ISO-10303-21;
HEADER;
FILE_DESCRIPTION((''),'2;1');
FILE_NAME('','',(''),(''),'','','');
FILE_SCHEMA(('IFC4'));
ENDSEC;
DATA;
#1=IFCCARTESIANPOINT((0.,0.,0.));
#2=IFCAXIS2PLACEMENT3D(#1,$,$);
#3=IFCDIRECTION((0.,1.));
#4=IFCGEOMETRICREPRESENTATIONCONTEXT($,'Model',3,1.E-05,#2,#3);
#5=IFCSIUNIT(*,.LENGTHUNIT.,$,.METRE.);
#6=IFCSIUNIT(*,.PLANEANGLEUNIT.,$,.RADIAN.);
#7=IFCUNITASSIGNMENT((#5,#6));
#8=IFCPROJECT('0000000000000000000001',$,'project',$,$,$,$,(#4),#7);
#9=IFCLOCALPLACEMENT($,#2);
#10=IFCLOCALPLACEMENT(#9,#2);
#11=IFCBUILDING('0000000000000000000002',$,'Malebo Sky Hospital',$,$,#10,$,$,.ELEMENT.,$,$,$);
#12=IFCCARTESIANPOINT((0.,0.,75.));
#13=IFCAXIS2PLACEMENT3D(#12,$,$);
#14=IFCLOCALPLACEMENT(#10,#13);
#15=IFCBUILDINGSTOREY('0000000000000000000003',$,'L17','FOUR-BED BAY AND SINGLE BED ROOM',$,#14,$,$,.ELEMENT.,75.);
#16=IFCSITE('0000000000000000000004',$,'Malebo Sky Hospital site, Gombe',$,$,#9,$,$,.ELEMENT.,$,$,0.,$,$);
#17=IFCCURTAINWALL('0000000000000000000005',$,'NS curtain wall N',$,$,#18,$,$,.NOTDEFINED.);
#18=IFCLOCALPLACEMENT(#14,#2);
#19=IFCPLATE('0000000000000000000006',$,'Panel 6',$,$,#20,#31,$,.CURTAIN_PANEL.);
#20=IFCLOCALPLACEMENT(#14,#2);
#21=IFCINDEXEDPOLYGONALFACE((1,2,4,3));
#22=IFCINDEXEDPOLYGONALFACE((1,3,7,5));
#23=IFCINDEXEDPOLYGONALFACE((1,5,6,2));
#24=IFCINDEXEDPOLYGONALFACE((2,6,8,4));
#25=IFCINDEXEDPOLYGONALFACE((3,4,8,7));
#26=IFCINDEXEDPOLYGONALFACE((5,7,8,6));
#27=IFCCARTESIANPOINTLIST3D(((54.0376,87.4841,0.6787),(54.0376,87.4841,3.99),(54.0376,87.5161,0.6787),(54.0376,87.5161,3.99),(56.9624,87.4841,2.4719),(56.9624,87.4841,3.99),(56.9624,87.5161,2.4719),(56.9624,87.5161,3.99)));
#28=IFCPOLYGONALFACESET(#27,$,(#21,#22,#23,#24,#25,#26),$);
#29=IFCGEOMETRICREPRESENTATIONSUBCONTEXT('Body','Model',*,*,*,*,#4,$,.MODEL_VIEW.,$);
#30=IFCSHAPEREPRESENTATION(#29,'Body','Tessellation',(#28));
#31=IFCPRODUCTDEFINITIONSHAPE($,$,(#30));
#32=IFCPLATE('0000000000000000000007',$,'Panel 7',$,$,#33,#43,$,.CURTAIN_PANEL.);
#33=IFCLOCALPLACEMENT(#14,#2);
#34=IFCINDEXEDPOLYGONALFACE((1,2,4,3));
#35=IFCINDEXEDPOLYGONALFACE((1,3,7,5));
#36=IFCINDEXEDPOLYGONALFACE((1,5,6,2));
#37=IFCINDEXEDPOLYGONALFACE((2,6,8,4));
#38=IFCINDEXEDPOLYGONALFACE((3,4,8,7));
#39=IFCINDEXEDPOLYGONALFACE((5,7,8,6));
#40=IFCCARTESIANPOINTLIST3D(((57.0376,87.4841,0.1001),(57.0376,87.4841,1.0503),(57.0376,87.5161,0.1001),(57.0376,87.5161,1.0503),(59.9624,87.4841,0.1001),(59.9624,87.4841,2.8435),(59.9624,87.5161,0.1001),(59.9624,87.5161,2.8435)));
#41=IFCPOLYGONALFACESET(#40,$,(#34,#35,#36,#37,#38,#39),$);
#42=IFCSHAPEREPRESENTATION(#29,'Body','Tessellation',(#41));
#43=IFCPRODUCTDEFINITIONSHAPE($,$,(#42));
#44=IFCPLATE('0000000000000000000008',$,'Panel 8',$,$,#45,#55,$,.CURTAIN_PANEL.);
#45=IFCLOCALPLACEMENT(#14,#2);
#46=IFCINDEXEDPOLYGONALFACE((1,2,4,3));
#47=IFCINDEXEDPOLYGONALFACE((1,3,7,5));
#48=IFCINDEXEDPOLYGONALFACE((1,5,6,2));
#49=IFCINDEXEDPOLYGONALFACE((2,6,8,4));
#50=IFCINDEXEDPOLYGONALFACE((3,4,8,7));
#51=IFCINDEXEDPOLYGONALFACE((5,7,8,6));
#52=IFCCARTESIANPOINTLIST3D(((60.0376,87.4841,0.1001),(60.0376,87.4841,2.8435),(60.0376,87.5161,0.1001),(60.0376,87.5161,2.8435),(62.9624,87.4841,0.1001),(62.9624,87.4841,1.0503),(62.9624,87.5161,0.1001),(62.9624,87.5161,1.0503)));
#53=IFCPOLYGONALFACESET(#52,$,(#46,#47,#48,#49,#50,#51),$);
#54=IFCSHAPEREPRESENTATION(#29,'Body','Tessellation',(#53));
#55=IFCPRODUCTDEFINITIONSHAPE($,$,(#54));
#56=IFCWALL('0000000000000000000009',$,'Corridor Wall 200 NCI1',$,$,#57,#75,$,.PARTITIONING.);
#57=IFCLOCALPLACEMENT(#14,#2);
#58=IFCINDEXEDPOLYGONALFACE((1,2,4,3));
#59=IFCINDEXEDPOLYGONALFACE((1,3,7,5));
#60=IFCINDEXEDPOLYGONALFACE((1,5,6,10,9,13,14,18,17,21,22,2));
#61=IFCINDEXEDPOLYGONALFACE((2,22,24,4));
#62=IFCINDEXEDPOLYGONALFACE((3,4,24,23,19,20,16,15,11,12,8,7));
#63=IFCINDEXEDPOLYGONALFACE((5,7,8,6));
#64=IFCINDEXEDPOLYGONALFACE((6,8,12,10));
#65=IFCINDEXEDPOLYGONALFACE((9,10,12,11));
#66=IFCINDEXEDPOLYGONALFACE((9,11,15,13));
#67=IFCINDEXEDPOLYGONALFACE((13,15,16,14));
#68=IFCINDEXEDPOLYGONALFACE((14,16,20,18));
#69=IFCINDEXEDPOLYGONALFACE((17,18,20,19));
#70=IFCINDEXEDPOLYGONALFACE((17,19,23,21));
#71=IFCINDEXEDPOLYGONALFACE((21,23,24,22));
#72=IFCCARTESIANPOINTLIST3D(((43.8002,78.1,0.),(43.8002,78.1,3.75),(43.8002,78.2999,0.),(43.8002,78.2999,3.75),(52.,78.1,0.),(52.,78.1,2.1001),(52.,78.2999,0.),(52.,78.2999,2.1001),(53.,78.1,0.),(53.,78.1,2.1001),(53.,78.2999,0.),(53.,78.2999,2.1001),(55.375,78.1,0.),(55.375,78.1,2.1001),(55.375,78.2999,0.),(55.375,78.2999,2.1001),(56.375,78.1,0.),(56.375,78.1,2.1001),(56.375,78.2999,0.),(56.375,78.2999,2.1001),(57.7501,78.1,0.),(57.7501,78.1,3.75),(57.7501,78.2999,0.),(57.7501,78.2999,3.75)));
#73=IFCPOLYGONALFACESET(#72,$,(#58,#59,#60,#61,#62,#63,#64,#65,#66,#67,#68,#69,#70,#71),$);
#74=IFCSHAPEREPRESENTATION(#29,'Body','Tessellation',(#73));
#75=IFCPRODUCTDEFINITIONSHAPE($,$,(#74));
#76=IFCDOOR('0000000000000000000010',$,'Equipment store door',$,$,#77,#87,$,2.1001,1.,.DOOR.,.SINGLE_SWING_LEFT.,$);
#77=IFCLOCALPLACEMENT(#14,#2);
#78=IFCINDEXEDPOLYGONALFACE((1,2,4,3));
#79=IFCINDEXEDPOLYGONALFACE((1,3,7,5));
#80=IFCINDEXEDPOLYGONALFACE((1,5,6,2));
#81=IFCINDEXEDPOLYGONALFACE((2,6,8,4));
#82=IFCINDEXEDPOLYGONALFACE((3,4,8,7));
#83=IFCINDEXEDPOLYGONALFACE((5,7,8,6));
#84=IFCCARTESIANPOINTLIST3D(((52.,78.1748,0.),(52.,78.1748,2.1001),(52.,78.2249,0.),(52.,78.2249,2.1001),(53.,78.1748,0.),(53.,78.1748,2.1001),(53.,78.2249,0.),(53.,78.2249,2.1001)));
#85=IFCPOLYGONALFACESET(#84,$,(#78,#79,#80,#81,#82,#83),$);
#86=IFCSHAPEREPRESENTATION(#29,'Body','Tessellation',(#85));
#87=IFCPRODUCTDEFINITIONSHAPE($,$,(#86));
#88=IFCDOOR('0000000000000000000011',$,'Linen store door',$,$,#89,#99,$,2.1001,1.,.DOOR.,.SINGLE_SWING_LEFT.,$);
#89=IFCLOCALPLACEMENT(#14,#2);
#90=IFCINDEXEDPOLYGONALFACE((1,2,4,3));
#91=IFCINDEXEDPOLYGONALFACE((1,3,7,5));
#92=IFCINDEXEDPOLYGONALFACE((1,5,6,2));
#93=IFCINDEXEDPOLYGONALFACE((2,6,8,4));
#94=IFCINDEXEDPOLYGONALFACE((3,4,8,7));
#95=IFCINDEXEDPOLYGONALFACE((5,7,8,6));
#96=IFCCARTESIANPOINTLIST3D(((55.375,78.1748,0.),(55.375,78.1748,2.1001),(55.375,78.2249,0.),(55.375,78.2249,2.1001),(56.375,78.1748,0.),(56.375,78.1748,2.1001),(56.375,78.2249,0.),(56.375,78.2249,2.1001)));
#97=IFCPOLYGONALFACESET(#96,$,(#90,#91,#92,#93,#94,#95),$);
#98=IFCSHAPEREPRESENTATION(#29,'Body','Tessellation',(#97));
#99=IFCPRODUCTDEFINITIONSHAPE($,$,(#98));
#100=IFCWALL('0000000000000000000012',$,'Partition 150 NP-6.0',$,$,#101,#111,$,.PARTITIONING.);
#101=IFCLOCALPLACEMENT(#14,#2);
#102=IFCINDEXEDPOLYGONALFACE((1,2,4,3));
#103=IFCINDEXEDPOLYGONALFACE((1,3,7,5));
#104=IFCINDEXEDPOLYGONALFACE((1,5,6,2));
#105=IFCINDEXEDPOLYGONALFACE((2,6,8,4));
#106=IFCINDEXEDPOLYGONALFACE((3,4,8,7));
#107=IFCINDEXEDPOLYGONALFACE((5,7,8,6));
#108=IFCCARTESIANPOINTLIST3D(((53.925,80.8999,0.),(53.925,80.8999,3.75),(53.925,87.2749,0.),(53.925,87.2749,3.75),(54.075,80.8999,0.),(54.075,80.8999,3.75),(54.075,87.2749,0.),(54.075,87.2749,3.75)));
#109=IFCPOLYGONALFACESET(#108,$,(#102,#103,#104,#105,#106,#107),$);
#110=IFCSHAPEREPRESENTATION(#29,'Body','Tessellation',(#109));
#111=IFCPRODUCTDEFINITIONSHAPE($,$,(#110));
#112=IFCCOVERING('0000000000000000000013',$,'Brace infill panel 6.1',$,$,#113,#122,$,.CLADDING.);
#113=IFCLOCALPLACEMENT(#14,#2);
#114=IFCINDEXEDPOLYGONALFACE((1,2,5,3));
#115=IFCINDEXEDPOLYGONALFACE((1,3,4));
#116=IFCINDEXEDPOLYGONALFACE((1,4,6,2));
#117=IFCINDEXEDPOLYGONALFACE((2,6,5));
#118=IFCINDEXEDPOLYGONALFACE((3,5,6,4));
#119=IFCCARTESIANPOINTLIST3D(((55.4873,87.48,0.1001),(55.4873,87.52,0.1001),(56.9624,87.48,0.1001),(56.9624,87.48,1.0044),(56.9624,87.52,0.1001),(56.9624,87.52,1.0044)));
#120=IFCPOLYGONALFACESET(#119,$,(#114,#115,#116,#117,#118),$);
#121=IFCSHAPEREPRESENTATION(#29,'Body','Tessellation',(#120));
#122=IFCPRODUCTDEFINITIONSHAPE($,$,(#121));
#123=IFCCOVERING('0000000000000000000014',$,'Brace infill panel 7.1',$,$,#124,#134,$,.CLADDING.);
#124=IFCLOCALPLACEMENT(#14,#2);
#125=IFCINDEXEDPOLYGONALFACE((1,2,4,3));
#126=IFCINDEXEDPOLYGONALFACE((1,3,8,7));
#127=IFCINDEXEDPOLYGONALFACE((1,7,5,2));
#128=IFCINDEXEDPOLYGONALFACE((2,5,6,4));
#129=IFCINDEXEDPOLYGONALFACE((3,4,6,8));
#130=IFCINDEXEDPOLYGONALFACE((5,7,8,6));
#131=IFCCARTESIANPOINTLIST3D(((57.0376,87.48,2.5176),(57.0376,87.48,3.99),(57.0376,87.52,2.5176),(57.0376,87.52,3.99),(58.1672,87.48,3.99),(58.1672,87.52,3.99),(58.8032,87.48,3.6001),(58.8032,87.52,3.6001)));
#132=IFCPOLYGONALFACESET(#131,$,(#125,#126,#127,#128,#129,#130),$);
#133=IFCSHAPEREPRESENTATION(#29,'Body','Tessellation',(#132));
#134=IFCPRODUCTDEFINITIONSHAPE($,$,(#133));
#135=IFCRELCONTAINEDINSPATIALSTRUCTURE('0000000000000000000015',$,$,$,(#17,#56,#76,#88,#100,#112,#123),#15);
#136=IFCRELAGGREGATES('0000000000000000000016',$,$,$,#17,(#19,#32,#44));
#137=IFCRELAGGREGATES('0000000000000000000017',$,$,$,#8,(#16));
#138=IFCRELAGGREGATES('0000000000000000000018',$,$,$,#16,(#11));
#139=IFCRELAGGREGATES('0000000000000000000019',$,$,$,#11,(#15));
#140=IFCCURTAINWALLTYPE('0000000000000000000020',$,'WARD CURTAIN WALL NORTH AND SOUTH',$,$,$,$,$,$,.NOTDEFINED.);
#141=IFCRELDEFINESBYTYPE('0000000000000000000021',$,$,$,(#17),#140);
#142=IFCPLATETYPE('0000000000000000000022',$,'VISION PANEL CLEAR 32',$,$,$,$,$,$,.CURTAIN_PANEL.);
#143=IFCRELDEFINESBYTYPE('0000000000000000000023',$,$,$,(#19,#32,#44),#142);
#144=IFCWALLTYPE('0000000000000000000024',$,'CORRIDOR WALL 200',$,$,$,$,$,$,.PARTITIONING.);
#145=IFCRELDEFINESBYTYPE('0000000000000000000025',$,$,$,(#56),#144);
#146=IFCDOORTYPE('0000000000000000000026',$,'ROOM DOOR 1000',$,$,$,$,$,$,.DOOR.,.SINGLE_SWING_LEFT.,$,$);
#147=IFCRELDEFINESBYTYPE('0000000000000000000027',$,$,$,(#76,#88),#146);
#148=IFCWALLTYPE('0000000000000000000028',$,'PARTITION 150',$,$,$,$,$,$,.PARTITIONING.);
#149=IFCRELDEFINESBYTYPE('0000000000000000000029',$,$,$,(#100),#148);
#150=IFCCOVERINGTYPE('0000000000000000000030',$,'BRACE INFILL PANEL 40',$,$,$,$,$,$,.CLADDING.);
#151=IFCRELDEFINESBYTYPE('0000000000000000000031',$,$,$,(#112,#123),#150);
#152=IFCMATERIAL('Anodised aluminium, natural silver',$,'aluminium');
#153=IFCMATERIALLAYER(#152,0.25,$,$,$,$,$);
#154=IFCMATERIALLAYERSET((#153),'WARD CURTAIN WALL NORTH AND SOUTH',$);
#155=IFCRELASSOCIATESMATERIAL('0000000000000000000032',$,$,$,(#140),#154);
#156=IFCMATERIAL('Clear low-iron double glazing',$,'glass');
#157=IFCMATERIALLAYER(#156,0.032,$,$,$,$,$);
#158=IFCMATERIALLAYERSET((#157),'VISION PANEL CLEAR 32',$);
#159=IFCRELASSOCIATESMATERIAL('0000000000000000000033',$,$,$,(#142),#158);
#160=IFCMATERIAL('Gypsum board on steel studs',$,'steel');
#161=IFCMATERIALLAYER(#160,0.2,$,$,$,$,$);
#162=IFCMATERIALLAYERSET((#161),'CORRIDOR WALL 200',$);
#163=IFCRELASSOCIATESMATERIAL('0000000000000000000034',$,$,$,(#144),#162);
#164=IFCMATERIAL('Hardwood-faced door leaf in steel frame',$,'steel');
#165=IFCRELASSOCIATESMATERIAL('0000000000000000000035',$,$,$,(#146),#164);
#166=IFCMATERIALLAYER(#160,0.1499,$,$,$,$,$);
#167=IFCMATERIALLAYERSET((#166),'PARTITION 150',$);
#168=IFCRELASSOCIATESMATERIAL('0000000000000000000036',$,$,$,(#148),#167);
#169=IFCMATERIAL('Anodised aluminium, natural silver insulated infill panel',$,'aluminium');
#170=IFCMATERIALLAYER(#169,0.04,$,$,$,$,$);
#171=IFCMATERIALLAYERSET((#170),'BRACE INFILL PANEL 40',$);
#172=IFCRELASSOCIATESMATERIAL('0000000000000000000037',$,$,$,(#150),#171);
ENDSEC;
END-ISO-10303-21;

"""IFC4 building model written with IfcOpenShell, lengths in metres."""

from ifc_helpers import new_model, si_unit, direction, frame, frame_2d, origin, place, context, subcontext, project, spatial, polyline, rectangle, outline, extrude, material, layer, layer_set, type_object, element, fill, aggregate, save


model = new_model("IFC4")

# Units and contexts
model_context = context("Model", 3, precision=1e-05, world=origin(), true_north=direction((0.0, 1.0)))
body_context = subcontext(model_context, "Body", "Model", "MODEL_VIEW")
ifc_project = project(units=[si_unit("LENGTHUNIT", "METRE"), si_unit("PLANEANGLEUNIT", "RADIAN")], contexts=[model_context])

# Site, building, storey
site_placement = place(None, origin())
site = spatial("IfcSite", under=ifc_project, at=site_placement, Name="Malebo Sky Hospital site, Gombe", CompositionType="ELEMENT", RefElevation=0.0)
building_placement = place(site_placement, origin())
building = spatial("IfcBuilding", under=site, at=building_placement, Name="Malebo Sky Hospital", CompositionType="ELEMENT")
storey_placement = place(building_placement, frame((0.0, 0.0, 75.0)))
storey = spatial("IfcBuildingStorey", under=building, at=storey_placement, Name="L17", Description="FOUR-BED BAY AND SINGLE BED ROOM", CompositionType="ELEMENT", Elevation=75.0)

# Curtain wall
ifc_material_1 = material(Name="Anodised aluminium, natural silver", Category="aluminium")
ifc_layer_1 = layer(ifc_material_1, 0.25)
ifc_layer_set_1 = layer_set([ifc_layer_1], Name="WARD CURTAIN WALL NORTH AND SOUTH")
curtain_wall_type = type_object("IfcCurtainWallType", Name="WARD CURTAIN WALL NORTH AND SOUTH", PredefinedType="NOTDEFINED", material=ifc_layer_set_1)
curtain_wall_placement = place(storey_placement, origin())
curtain_wall = element("IfcCurtainWall", 1, at=curtain_wall_placement, inside=storey, type_object=curtain_wall_type, Name="NS curtain wall N", PredefinedType="NOTDEFINED")

# Plates
ifc_material_2 = material(Name="Clear low-iron double glazing", Category="glass")
ifc_layer_2 = layer(ifc_material_2, 0.032)
ifc_layer_set_2 = layer_set([ifc_layer_2], Name="VISION PANEL CLEAR 32")
plate_type = type_object("IfcPlateType", Name="VISION PANEL CLEAR 32", PredefinedType="CURTAIN_PANEL", material=ifc_layer_set_2)
plate_1_placement = place(storey_placement, frame((55.5, 87.5, 0.6787), z_axis=(0.0, 0.0, 1.0), x_axis=(1.0, 0.0, 0.0)))
plate_1 = element("IfcPlate", 2, at=plate_1_placement, type_object=plate_type, Name="Panel 6", PredefinedType="CURTAIN_PANEL", context=body_context, shape_type="SweptSolid", body=[
    extrude(outline(polyline([(-1.4624, 0.0), (1.4624, 1.7932), (1.4624, 3.3113), (-1.4624, 3.3113), (-1.4624, 0.0)])), frame((0.0, 0.0161, 0.0), z_axis=(0.0, -1.0, 0.0), x_axis=(1.0, 0.0, 0.0)), (0.0, 0.0, 1.0), 0.032),
])
plate_2_placement = place(storey_placement, frame((58.5, 87.5, 0.1001), z_axis=(0.0, 0.0, 1.0), x_axis=(1.0, 0.0, 0.0)))
plate_2 = element("IfcPlate", 3, at=plate_2_placement, type_object=plate_type, Name="Panel 7", PredefinedType="CURTAIN_PANEL", context=body_context, shape_type="SweptSolid", body=[
    extrude(outline(polyline([(-1.4624, 0.0), (1.4624, 0.0), (1.4624, 2.7434), (-1.4624, 0.9502), (-1.4624, 0.0)])), frame((0.0, 0.0161, 0.0), z_axis=(0.0, -1.0, 0.0), x_axis=(1.0, 0.0, 0.0)), (0.0, 0.0, 1.0), 0.032),
])
plate_3_placement = place(storey_placement, frame((61.5, 87.5, 0.1001), z_axis=(0.0, 0.0, 1.0), x_axis=(1.0, 0.0, 0.0)))
plate_3 = element("IfcPlate", 4, at=plate_3_placement, type_object=plate_type, Name="Panel 8", PredefinedType="CURTAIN_PANEL", context=body_context, shape_type="SweptSolid", body=[
    extrude(outline(polyline([(-1.4624, 0.0), (1.4624, 0.0), (1.4624, 0.9502), (-1.4624, 2.7434), (-1.4624, 0.0)])), frame((0.0, 0.0161, 0.0), z_axis=(0.0, -1.0, 0.0), x_axis=(1.0, 0.0, 0.0)), (0.0, 0.0, 1.0), 0.032),
])
aggregate(curtain_wall, [plate_1, plate_2, plate_3])

# Wall, openings, doors
ifc_material_3 = material(Name="Gypsum board on steel studs", Category="steel")
ifc_layer_3 = layer(ifc_material_3, 0.2)
ifc_layer_set_3 = layer_set([ifc_layer_3], Name="CORRIDOR WALL 200")
wall_type_1 = type_object("IfcWallType", Name="CORRIDOR WALL 200", PredefinedType="PARTITIONING", material=ifc_layer_set_3)
wall_1_placement = place(storey_placement, frame((43.8, 78.2, 0.0), z_axis=(0.0, 0.0, 1.0), x_axis=(1.0, 0.0, 0.0)))
wall_1 = element("IfcWall", 5, at=wall_1_placement, inside=storey, type_object=wall_type_1, Name="Corridor Wall 200 NCI1", PredefinedType="PARTITIONING", context=body_context, shape_type="SweptSolid", body=[
    extrude(rectangle(XDim=13.95, YDim=0.2, at=frame_2d((6.9751, 0.0))), origin(), (0.0, 0.0, 1.0), 3.75),
])
opening_1_placement = place(wall_1_placement, frame((8.2, 0.0, 0.0)))
opening_1 = element("IfcOpeningElement", 6, at=opening_1_placement, cuts=wall_1, PredefinedType="OPENING", context=body_context, shape_type="SweptSolid", body=[
    extrude(rectangle(XDim=1.0, YDim=2.1001, at=frame_2d((0.5, 1.05))), frame((0.0, 0.1099, 0.0), z_axis=(0.0, -1.0, 0.0), x_axis=(1.0, 0.0, 0.0)), (0.0, 0.0, 1.0), 0.22),
])
opening_2_placement = place(wall_1_placement, frame((11.575, 0.0, 0.0)))
opening_2 = element("IfcOpeningElement", 7, at=opening_2_placement, cuts=wall_1, PredefinedType="OPENING", context=body_context, shape_type="SweptSolid", body=[
    extrude(rectangle(XDim=1.0, YDim=2.1001, at=frame_2d((0.5, 1.05))), frame((0.0, 0.1099, 0.0), z_axis=(0.0, -1.0, 0.0), x_axis=(1.0, 0.0, 0.0)), (0.0, 0.0, 1.0), 0.22),
])
ifc_material_4 = material(Name="Hardwood-faced door leaf in steel frame", Category="steel")
door_type = type_object("IfcDoorType", Name="ROOM DOOR 1000", OperationType="SINGLE_SWING_LEFT", PredefinedType="DOOR", material=ifc_material_4)
door_1_placement = place(opening_1_placement, origin())
door_1 = element("IfcDoor", 8, at=door_1_placement, inside=storey, type_object=door_type, Name="Equipment store door", OperationType="SINGLE_SWING_LEFT", OverallHeight=2.1001, OverallWidth=1.0, PredefinedType="DOOR", context=body_context, shape_type="SweptSolid", body=[
    extrude(rectangle(XDim=1.0, YDim=2.1001, at=frame_2d((0.5, 1.05))), frame((0.0, 0.0249, 0.0), z_axis=(0.0, -1.0, 0.0), x_axis=(1.0, 0.0, 0.0)), (0.0, 0.0, 1.0), 0.05),
])
fill(opening_1, door_1)
door_2_placement = place(opening_2_placement, origin())
door_2 = element("IfcDoor", 9, at=door_2_placement, inside=storey, type_object=door_type, Name="Linen store door", OperationType="SINGLE_SWING_LEFT", OverallHeight=2.1001, OverallWidth=1.0, PredefinedType="DOOR", context=body_context, shape_type="SweptSolid", body=[
    extrude(rectangle(XDim=1.0, YDim=2.1001, at=frame_2d((0.5, 1.05))), frame((0.0, 0.0249, 0.0), z_axis=(0.0, -1.0, 0.0), x_axis=(1.0, 0.0, 0.0)), (0.0, 0.0, 1.0), 0.05),
])
fill(opening_2, door_2)

# Wall
ifc_layer_4 = layer(ifc_material_3, 0.1499)
ifc_layer_set_4 = layer_set([ifc_layer_4], Name="PARTITION 150")
wall_type_2 = type_object("IfcWallType", Name="PARTITION 150", PredefinedType="PARTITIONING", material=ifc_layer_set_4)
wall_2_placement = place(storey_placement, frame((54.0, 80.8999, 0.0), z_axis=(0.0, 0.0, 1.0), x_axis=(0.0, 1.0, 0.0)))
element("IfcWall", 10, at=wall_2_placement, inside=storey, type_object=wall_type_2, Name="Partition 150 NP-6.0", PredefinedType="PARTITIONING", context=body_context, shape_type="SweptSolid", body=[
    extrude(rectangle(XDim=6.375, YDim=0.1499, at=frame_2d((3.1875, 0.0))), origin(), (0.0, 0.0, 1.0), 3.75),
])

# Coverings
ifc_material_5 = material(Name="Anodised aluminium, natural silver insulated infill panel", Category="aluminium")
ifc_layer_5 = layer(ifc_material_5, 0.04)
ifc_layer_set_5 = layer_set([ifc_layer_5], Name="BRACE INFILL PANEL 40")
covering_type = type_object("IfcCoveringType", Name="BRACE INFILL PANEL 40", PredefinedType="CLADDING", material=ifc_layer_set_5)
covering_1_placement = place(storey_placement, frame((56.2249, 87.5, 0.1001), z_axis=(0.0, 0.0, 1.0), x_axis=(1.0, 0.0, 0.0)))
element("IfcCovering", 11, at=covering_1_placement, inside=storey, type_object=covering_type, Name="Brace infill panel 6.1", PredefinedType="CLADDING", context=body_context, shape_type="SweptSolid", body=[
    extrude(outline(polyline([(-0.7375, 0.0), (0.7375, 0.0), (0.7375, 0.9043), (-0.7375, 0.0)])), frame((0.0, 0.02, 0.0), z_axis=(0.0, -1.0, 0.0), x_axis=(1.0, 0.0, 0.0)), (0.0, 0.0, 1.0), 0.04),
])
covering_2_placement = place(storey_placement, frame((57.9204, 87.5, 2.5176), z_axis=(0.0, 0.0, 1.0), x_axis=(1.0, 0.0, 0.0)))
element("IfcCovering", 12, at=covering_2_placement, inside=storey, type_object=covering_type, Name="Brace infill panel 7.1", PredefinedType="CLADDING", context=body_context, shape_type="SweptSolid", body=[
    extrude(outline(polyline([(-0.8828, 0.0), (0.8828, 1.0825), (0.2468, 1.4724), (-0.8828, 1.4724), (-0.8828, 0.0)])), frame((0.0, 0.02, 0.0), z_axis=(0.0, -1.0, 0.0), x_axis=(1.0, 0.0, 0.0)), (0.0, 0.0, 1.0), 0.04),
])

save(model, "model.ifc")
